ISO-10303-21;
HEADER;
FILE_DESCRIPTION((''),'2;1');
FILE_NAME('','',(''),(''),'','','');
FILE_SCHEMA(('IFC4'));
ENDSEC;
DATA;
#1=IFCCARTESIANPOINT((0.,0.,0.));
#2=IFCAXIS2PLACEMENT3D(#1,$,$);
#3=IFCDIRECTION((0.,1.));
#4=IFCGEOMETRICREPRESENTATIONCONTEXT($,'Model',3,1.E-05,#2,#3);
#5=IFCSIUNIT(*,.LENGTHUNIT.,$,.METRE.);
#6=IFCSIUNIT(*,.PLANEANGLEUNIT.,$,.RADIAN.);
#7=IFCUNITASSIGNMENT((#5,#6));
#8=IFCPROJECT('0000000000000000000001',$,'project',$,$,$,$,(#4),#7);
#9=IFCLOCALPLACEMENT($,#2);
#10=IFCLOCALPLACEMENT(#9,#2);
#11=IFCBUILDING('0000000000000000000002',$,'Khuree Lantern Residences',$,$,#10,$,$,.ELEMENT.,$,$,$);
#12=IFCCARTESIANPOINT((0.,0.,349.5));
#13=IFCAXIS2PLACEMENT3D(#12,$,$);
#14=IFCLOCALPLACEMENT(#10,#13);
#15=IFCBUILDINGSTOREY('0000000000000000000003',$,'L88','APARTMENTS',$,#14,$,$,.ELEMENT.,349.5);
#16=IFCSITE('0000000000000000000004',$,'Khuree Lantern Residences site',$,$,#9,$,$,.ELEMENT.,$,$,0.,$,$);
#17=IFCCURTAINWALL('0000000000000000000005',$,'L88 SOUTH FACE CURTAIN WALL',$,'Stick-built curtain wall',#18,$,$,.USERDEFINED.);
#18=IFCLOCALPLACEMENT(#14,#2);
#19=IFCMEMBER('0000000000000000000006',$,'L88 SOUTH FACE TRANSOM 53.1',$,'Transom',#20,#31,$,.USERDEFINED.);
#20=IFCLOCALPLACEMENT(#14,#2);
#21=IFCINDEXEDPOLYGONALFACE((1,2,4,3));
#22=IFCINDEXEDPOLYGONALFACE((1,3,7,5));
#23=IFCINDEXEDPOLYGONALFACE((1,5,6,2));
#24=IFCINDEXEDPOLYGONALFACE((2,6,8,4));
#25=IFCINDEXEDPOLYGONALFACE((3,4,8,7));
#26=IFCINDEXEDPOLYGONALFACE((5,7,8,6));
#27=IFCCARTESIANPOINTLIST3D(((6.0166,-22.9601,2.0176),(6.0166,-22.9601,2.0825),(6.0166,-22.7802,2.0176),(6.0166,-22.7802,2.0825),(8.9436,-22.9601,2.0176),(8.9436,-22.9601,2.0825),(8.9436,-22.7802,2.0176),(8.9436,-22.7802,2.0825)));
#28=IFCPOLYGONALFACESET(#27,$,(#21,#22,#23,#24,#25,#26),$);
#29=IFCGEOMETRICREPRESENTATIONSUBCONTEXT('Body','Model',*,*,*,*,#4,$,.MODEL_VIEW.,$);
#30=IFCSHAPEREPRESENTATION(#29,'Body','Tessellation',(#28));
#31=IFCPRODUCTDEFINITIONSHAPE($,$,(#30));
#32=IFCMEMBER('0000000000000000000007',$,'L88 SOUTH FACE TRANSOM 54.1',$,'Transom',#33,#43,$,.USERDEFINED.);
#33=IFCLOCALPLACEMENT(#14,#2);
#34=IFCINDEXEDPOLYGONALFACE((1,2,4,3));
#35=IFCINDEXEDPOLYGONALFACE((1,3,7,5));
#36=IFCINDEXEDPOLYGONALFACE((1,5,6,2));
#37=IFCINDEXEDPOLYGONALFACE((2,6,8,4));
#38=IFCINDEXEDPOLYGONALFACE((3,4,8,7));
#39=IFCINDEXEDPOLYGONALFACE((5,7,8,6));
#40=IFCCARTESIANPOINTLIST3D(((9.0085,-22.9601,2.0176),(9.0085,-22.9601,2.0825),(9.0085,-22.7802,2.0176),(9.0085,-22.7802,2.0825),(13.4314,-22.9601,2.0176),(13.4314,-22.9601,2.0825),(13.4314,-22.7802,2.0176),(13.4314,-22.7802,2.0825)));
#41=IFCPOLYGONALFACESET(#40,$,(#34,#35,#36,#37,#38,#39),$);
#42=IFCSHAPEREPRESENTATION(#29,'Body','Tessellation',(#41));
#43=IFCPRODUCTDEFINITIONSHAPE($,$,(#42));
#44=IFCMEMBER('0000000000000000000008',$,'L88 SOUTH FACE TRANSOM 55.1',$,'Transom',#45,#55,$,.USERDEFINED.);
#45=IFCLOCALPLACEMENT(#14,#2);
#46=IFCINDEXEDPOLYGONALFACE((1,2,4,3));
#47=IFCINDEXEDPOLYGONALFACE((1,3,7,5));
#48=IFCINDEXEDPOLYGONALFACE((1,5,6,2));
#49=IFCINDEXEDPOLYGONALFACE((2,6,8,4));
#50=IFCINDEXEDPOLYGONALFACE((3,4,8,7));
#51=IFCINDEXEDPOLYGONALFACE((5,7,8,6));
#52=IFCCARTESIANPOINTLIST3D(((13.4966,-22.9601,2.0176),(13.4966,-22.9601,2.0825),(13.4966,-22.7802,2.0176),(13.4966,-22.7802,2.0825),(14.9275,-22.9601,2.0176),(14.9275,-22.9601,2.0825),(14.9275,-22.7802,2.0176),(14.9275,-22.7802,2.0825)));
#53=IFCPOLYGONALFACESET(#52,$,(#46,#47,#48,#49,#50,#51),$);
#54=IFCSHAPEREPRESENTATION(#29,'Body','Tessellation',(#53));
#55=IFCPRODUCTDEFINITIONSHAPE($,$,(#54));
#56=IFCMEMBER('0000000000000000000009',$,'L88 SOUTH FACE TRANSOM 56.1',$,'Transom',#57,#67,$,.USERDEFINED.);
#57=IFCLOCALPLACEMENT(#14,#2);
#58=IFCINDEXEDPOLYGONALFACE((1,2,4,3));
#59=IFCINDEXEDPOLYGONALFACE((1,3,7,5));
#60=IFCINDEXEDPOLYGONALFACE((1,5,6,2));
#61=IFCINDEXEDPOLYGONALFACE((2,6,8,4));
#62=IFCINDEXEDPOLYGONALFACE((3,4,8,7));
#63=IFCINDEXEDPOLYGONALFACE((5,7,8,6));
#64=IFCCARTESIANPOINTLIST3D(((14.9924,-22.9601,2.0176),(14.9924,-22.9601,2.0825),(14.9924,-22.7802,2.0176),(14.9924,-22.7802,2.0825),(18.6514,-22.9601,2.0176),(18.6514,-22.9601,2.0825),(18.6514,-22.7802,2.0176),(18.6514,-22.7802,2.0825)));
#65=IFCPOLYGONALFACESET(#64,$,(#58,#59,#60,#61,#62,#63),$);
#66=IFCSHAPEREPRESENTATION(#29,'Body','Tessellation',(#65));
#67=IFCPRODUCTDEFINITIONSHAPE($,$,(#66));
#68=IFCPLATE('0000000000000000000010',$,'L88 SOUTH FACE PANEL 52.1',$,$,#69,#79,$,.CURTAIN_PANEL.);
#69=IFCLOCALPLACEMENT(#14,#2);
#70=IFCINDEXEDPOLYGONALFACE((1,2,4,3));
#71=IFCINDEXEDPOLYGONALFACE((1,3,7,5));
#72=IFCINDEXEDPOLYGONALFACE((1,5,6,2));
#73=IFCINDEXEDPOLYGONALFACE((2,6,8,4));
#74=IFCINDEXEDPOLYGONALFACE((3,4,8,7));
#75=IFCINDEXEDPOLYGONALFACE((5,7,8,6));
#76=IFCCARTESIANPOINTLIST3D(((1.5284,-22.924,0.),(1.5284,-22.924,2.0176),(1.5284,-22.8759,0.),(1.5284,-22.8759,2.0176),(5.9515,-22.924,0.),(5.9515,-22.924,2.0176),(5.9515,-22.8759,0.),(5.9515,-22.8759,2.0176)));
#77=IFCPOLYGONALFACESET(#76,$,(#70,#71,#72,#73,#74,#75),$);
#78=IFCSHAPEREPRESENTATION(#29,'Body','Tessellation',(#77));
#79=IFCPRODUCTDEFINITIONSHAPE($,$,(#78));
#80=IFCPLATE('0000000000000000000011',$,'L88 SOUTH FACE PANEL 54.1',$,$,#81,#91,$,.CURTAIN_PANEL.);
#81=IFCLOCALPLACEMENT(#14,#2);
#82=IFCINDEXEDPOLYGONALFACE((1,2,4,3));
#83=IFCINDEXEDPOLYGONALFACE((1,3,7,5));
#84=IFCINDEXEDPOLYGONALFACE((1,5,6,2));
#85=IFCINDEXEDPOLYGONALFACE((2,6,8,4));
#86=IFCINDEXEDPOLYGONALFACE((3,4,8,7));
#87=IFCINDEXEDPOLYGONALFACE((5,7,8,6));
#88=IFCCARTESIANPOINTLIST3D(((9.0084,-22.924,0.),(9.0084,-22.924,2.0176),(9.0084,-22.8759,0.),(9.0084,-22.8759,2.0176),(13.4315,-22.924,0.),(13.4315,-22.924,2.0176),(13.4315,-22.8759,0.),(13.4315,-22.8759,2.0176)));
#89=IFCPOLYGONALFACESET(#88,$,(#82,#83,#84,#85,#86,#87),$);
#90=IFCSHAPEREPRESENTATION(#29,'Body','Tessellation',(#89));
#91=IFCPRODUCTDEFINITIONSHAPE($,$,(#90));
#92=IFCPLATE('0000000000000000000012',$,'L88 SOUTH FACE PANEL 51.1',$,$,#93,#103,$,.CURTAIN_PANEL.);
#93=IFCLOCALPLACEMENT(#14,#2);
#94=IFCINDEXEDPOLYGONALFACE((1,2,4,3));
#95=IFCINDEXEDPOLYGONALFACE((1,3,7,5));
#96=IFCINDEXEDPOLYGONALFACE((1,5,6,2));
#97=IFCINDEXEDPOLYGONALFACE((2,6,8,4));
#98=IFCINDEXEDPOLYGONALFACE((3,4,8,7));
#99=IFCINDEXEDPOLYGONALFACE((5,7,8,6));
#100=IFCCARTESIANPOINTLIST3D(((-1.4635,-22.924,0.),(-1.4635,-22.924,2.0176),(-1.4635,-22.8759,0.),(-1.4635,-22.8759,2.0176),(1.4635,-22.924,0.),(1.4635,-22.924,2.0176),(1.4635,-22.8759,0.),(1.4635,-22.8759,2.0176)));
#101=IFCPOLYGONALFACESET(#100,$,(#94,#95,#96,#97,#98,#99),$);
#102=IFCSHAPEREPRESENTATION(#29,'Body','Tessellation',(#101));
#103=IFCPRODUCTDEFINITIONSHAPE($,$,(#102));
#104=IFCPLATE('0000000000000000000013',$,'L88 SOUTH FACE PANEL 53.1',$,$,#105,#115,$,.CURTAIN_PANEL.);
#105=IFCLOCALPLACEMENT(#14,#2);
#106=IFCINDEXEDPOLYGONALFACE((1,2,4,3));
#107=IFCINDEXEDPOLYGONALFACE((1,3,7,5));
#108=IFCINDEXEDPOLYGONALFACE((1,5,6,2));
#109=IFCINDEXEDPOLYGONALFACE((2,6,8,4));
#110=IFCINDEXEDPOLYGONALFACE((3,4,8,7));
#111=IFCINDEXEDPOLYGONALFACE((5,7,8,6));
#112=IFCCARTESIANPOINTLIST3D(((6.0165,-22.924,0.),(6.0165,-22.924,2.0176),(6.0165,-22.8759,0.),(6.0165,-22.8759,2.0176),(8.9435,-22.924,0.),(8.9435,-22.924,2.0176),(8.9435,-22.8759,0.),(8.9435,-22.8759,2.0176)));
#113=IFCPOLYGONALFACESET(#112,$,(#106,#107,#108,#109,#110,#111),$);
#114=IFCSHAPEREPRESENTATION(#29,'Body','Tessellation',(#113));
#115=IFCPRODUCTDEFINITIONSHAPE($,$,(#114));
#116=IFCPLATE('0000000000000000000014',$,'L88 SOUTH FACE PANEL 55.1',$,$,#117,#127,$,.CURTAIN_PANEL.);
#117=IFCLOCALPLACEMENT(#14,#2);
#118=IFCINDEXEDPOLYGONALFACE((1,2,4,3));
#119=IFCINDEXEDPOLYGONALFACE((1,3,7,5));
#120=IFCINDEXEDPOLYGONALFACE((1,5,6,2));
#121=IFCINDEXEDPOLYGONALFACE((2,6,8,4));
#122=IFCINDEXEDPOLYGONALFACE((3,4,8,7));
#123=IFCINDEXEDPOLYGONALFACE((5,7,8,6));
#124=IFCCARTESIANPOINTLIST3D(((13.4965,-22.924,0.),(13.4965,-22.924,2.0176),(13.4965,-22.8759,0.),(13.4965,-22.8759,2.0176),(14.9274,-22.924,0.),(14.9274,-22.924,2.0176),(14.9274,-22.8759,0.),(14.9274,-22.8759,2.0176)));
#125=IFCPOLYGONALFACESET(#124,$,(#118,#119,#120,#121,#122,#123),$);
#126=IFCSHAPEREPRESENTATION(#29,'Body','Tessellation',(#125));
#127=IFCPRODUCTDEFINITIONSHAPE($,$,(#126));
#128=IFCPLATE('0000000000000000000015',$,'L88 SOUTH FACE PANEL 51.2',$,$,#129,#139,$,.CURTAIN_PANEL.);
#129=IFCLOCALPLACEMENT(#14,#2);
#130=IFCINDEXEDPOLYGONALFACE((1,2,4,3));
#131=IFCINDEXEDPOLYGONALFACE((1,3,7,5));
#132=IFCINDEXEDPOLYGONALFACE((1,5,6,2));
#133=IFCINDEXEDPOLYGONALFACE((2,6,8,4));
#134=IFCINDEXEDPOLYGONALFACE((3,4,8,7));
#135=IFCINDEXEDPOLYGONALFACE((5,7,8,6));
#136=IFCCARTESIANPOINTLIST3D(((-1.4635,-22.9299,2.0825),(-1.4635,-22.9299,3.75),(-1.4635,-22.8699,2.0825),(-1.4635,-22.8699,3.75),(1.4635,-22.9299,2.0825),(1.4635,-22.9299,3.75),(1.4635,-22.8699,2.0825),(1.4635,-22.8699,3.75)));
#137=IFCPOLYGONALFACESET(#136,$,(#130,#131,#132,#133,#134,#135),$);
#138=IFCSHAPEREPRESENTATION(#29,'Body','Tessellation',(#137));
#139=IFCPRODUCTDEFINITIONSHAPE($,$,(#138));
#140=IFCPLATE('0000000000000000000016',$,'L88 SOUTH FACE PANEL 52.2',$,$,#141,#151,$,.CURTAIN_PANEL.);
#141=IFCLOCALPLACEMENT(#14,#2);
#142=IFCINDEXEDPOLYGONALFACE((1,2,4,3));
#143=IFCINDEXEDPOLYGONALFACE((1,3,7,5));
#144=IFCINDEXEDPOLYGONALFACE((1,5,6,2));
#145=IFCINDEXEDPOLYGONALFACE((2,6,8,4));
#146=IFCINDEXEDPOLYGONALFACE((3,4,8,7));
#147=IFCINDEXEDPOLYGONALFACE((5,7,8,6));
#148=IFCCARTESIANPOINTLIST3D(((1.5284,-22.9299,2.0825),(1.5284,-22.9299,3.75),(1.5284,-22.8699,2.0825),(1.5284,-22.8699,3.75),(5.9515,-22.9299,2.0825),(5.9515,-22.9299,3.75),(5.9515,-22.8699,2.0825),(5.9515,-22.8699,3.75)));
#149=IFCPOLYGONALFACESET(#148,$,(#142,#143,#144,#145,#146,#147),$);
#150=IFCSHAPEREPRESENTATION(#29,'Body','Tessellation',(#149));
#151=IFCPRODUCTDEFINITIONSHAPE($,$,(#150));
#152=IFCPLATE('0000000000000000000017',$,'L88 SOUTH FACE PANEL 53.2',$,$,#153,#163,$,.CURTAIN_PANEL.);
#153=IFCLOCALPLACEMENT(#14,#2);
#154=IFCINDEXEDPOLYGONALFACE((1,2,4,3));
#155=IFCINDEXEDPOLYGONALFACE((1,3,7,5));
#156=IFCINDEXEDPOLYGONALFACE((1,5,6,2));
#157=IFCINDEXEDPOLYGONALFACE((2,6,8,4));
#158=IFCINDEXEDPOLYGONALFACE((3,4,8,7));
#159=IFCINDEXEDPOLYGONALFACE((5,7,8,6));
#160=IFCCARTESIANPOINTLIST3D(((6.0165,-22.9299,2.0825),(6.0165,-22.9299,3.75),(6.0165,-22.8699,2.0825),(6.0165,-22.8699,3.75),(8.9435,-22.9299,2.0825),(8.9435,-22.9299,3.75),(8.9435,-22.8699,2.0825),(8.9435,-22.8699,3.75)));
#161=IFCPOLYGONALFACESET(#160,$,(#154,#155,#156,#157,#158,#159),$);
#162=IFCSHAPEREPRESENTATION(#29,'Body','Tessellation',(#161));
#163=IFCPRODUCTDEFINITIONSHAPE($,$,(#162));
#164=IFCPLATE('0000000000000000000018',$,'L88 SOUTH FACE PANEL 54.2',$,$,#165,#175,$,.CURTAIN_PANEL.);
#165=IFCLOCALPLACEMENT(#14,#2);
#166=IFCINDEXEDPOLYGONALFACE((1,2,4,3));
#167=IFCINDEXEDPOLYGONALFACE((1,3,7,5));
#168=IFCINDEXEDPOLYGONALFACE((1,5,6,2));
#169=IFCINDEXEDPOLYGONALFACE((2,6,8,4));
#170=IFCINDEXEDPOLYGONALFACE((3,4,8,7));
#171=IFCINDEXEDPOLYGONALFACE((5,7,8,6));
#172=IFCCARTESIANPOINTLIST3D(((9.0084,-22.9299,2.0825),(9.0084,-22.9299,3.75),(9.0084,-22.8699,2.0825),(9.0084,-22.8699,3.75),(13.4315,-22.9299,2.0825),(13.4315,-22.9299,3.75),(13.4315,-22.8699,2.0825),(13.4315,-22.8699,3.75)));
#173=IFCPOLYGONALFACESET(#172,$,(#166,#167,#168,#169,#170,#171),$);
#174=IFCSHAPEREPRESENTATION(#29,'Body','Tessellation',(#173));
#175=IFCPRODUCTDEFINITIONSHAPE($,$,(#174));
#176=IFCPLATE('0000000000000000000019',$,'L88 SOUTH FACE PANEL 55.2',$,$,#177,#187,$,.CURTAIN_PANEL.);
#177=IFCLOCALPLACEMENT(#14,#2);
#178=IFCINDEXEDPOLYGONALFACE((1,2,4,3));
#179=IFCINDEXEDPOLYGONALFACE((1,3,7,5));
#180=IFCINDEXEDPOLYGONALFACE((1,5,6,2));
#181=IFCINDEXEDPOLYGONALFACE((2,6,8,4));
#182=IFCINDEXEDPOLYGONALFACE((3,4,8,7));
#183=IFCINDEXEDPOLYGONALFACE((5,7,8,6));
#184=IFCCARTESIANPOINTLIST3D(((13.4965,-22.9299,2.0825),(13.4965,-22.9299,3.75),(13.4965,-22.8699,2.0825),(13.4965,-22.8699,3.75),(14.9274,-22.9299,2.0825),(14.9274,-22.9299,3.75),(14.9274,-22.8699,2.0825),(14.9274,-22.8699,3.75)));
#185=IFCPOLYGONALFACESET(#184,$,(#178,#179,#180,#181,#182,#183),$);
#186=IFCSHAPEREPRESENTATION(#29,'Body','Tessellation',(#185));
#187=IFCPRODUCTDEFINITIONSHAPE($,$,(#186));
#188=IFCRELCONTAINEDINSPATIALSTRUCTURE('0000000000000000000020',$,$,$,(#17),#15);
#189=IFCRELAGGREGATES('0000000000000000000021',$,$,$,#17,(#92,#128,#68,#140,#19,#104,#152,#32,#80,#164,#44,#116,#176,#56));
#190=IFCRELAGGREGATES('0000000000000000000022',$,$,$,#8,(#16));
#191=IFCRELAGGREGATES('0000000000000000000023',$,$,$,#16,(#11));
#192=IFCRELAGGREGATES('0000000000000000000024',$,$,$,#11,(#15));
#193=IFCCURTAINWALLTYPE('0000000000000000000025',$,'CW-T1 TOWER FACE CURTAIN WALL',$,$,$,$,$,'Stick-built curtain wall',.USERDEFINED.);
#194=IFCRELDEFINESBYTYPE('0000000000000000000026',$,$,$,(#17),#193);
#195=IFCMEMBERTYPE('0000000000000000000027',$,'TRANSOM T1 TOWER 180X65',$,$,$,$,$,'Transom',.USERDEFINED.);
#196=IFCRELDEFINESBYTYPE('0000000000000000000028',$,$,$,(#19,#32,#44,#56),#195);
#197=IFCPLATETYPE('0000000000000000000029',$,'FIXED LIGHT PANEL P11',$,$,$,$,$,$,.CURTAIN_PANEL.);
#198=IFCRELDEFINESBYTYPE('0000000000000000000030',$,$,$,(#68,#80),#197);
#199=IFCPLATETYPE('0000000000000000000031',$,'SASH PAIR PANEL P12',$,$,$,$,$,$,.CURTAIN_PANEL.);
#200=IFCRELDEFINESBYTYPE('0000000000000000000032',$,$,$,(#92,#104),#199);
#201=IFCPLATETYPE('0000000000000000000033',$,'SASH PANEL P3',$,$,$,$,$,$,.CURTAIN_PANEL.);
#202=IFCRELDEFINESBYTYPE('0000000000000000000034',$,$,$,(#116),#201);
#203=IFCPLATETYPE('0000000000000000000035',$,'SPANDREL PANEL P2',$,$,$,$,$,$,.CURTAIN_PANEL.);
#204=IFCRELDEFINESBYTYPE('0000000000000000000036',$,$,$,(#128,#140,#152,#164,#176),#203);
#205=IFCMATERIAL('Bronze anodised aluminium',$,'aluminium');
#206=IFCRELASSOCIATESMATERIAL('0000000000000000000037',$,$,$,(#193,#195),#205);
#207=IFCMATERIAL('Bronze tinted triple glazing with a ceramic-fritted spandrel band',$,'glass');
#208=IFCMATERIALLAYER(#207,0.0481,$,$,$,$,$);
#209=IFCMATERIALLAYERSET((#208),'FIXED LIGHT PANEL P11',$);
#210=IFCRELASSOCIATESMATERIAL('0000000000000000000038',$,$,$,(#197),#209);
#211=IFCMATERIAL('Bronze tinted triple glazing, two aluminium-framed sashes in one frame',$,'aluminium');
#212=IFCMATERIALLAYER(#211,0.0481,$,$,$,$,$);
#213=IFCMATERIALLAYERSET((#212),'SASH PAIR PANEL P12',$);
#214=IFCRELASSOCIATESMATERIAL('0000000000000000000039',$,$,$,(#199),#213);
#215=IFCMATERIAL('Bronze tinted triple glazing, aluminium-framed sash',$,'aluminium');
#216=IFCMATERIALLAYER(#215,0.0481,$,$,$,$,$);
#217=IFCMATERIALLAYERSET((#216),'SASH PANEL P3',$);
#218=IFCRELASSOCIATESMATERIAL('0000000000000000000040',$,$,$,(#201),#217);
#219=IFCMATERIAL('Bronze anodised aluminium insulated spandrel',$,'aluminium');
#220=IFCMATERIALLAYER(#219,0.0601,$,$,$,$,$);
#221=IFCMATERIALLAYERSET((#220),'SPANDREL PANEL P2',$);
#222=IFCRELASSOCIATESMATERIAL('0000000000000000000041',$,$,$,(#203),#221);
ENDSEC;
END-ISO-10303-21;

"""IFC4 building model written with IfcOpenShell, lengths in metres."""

from ifc_helpers import new_model, si_unit, direction, frame, origin, origin_2d, place, context, subcontext, project, spatial, rectangle, extrude, material, layer, layer_set, material_profile, profile_set, type_object, element, aggregate, save


model = new_model("IFC4")

# Units and contexts
model_context = context("Model", 3, precision=1e-05, world=origin(), true_north=direction((0.0, 1.0)))
body_context = subcontext(model_context, "Body", "Model", "MODEL_VIEW")
ifc_project = project(units=[si_unit("LENGTHUNIT", "METRE"), si_unit("PLANEANGLEUNIT", "RADIAN")], contexts=[model_context])

# Site, building, storey
site_placement = place(None, origin())
site = spatial("IfcSite", under=ifc_project, at=site_placement, Name="Khuree Lantern Residences site", CompositionType="ELEMENT", RefElevation=0.0)
building_placement = place(site_placement, origin())
building = spatial("IfcBuilding", under=site, at=building_placement, Name="Khuree Lantern Residences", CompositionType="ELEMENT")
storey_placement = place(building_placement, frame((0.0, 0.0, 349.5)))
storey = spatial("IfcBuildingStorey", under=building, at=storey_placement, Name="L88", Description="APARTMENTS", CompositionType="ELEMENT", Elevation=349.5)

# Curtain wall
ifc_material_1 = material(Name="Bronze anodised aluminium", Category="aluminium")
curtain_wall_type = type_object("IfcCurtainWallType", Name="CW-T1 TOWER FACE CURTAIN WALL", ElementType="Stick-built curtain wall", PredefinedType="USERDEFINED", material=ifc_material_1)
curtain_wall_placement = place(storey_placement, origin())
curtain_wall = element("IfcCurtainWall", 1, at=curtain_wall_placement, inside=storey, type_object=curtain_wall_type, Name="L88 SOUTH FACE CURTAIN WALL", ObjectType="Stick-built curtain wall", PredefinedType="USERDEFINED")

# Members
ifc_material_profile_1 = material_profile(ifc_material_1, rectangle(XDim=0.1799, YDim=0.0649, at=origin_2d()), Name="T1 180X65")
ifc_profile_set_1 = profile_set([ifc_material_profile_1], Name="Bronze anodised aluminium")
member_type_1 = type_object("IfcMemberType", Name="TRANSOM T1 TOWER 180X65", ElementType="Transom", PredefinedType="USERDEFINED", material=ifc_profile_set_1)
member_1_placement = place(storey_placement, frame((6.0166, -22.8701, 2.05), z_axis=(1.0, 0.0, 0.0), x_axis=(0.0, 1.0, 0.0)))
member_1 = element("IfcMember", 2, at=member_1_placement, type_object=member_type_1, Name="L88 SOUTH FACE TRANSOM 53.1", ObjectType="Transom", PredefinedType="USERDEFINED", context=body_context, shape_type="SweptSolid", body=[
    extrude(rectangle(XDim=0.1799, YDim=0.0649, at=origin_2d()), origin(), (0.0, 0.0, 1.0), 2.927),
])
member_2_placement = place(storey_placement, frame((9.0085, -22.8701, 2.05), z_axis=(1.0, 0.0, 0.0), x_axis=(0.0, 1.0, 0.0)))
member_2 = element("IfcMember", 3, at=member_2_placement, type_object=member_type_1, Name="L88 SOUTH FACE TRANSOM 54.1", ObjectType="Transom", PredefinedType="USERDEFINED", context=body_context, shape_type="SweptSolid", body=[
    extrude(rectangle(XDim=0.1799, YDim=0.0649, at=origin_2d()), origin(), (0.0, 0.0, 1.0), 4.4229),
])
member_3_placement = place(storey_placement, frame((13.4966, -22.8701, 2.05), z_axis=(1.0, 0.0, 0.0), x_axis=(0.0, 1.0, 0.0)))
member_3 = element("IfcMember", 4, at=member_3_placement, type_object=member_type_1, Name="L88 SOUTH FACE TRANSOM 55.1", ObjectType="Transom", PredefinedType="USERDEFINED", context=body_context, shape_type="SweptSolid", body=[
    extrude(rectangle(XDim=0.1799, YDim=0.0649, at=origin_2d()), origin(), (0.0, 0.0, 1.0), 1.4309),
])
member_4_placement = place(storey_placement, frame((14.9924, -22.8701, 2.05), z_axis=(1.0, 0.0, 0.0), x_axis=(0.0, 1.0, 0.0)))
member_4 = element("IfcMember", 5, at=member_4_placement, type_object=member_type_1, Name="L88 SOUTH FACE TRANSOM 56.1", ObjectType="Transom", PredefinedType="USERDEFINED", context=body_context, shape_type="SweptSolid", body=[
    extrude(rectangle(XDim=0.1799, YDim=0.0649, at=origin_2d()), origin(), (0.0, 0.0, 1.0), 3.6589),
])

# Plates
ifc_material_2 = material(Name="Bronze tinted triple glazing with a ceramic-fritted spandrel band", Category="glass")
ifc_layer_1 = layer(ifc_material_2, 0.0481)
ifc_layer_set_1 = layer_set([ifc_layer_1], Name="FIXED LIGHT PANEL P11")
plate_type_1 = type_object("IfcPlateType", Name="FIXED LIGHT PANEL P11", PredefinedType="CURTAIN_PANEL", material=ifc_layer_set_1)
plate_1_placement = place(storey_placement, frame((3.74, -22.8999, 0.0), z_axis=(0.0, 0.0, 1.0), x_axis=(1.0, 0.0, 0.0)))
plate_1 = element("IfcPlate", 6, at=plate_1_placement, type_object=plate_type_1, Name="L88 SOUTH FACE PANEL 52.1", PredefinedType="CURTAIN_PANEL", context=body_context, shape_type="SweptSolid", body=[
    extrude(rectangle(XDim=4.4231, YDim=0.0481, at=origin_2d()), origin(), (0.0, 0.0, 1.0), 2.0176),
])
plate_2_placement = place(storey_placement, frame((11.22, -22.8999, 0.0), z_axis=(0.0, 0.0, 1.0), x_axis=(1.0, 0.0, 0.0)))
plate_2 = element("IfcPlate", 7, at=plate_2_placement, type_object=plate_type_1, Name="L88 SOUTH FACE PANEL 54.1", PredefinedType="CURTAIN_PANEL", context=body_context, shape_type="SweptSolid", body=[
    extrude(rectangle(XDim=4.4231, YDim=0.0481, at=origin_2d()), origin(), (0.0, 0.0, 1.0), 2.0176),
])
ifc_material_3 = material(Name="Bronze tinted triple glazing, two aluminium-framed sashes in one frame", Category="aluminium")
ifc_layer_2 = layer(ifc_material_3, 0.0481)
ifc_layer_set_2 = layer_set([ifc_layer_2], Name="SASH PAIR PANEL P12")
plate_type_2 = type_object("IfcPlateType", Name="SASH PAIR PANEL P12", PredefinedType="CURTAIN_PANEL", material=ifc_layer_set_2)
plate_3_placement = place(storey_placement, frame((0.0, -22.8999, 0.0), z_axis=(0.0, 0.0, 1.0), x_axis=(1.0, 0.0, 0.0)))
plate_3 = element("IfcPlate", 8, at=plate_3_placement, type_object=plate_type_2, Name="L88 SOUTH FACE PANEL 51.1", PredefinedType="CURTAIN_PANEL", context=body_context, shape_type="SweptSolid", body=[
    extrude(rectangle(XDim=2.927, YDim=0.0481, at=origin_2d()), origin(), (0.0, 0.0, 1.0), 2.0176),
])
plate_4_placement = place(storey_placement, frame((7.48, -22.8999, 0.0), z_axis=(0.0, 0.0, 1.0), x_axis=(1.0, 0.0, 0.0)))
plate_4 = element("IfcPlate", 9, at=plate_4_placement, type_object=plate_type_2, Name="L88 SOUTH FACE PANEL 53.1", PredefinedType="CURTAIN_PANEL", context=body_context, shape_type="SweptSolid", body=[
    extrude(rectangle(XDim=2.927, YDim=0.0481, at=origin_2d()), origin(), (0.0, 0.0, 1.0), 2.0176),
])
ifc_material_4 = material(Name="Bronze tinted triple glazing, aluminium-framed sash", Category="aluminium")
ifc_layer_3 = layer(ifc_material_4, 0.0481)
ifc_layer_set_3 = layer_set([ifc_layer_3], Name="SASH PANEL P3")
plate_type_3 = type_object("IfcPlateType", Name="SASH PANEL P3", PredefinedType="CURTAIN_PANEL", material=ifc_layer_set_3)
plate_5_placement = place(storey_placement, frame((14.2119, -22.8999, 0.0), z_axis=(0.0, 0.0, 1.0), x_axis=(1.0, 0.0, 0.0)))
plate_5 = element("IfcPlate", 10, at=plate_5_placement, type_object=plate_type_3, Name="L88 SOUTH FACE PANEL 55.1", PredefinedType="CURTAIN_PANEL", context=body_context, shape_type="SweptSolid", body=[
    extrude(rectangle(XDim=1.4309, YDim=0.0481, at=origin_2d()), origin(), (0.0, 0.0, 1.0), 2.0176),
])
ifc_material_5 = material(Name="Bronze anodised aluminium insulated spandrel", Category="aluminium")
ifc_layer_4 = layer(ifc_material_5, 0.0601)
ifc_layer_set_4 = layer_set([ifc_layer_4], Name="SPANDREL PANEL P2")
plate_type_4 = type_object("IfcPlateType", Name="SPANDREL PANEL P2", PredefinedType="CURTAIN_PANEL", material=ifc_layer_set_4)
plate_6_placement = place(storey_placement, frame((0.0, -22.8999, 2.0825), z_axis=(0.0, 0.0, 1.0), x_axis=(1.0, 0.0, 0.0)))
plate_6 = element("IfcPlate", 11, at=plate_6_placement, type_object=plate_type_4, Name="L88 SOUTH FACE PANEL 51.2", PredefinedType="CURTAIN_PANEL", context=body_context, shape_type="SweptSolid", body=[
    extrude(rectangle(XDim=2.927, YDim=0.0601, at=origin_2d()), origin(), (0.0, 0.0, 1.0), 1.6675),
])
plate_7_placement = place(storey_placement, frame((3.74, -22.8999, 2.0825), z_axis=(0.0, 0.0, 1.0), x_axis=(1.0, 0.0, 0.0)))
plate_7 = element("IfcPlate", 12, at=plate_7_placement, type_object=plate_type_4, Name="L88 SOUTH FACE PANEL 52.2", PredefinedType="CURTAIN_PANEL", context=body_context, shape_type="SweptSolid", body=[
    extrude(rectangle(XDim=4.4231, YDim=0.0601, at=origin_2d()), origin(), (0.0, 0.0, 1.0), 1.6675),
])
plate_8_placement = place(storey_placement, frame((7.48, -22.8999, 2.0825), z_axis=(0.0, 0.0, 1.0), x_axis=(1.0, 0.0, 0.0)))
plate_8 = element("IfcPlate", 13, at=plate_8_placement, type_object=plate_type_4, Name="L88 SOUTH FACE PANEL 53.2", PredefinedType="CURTAIN_PANEL", context=body_context, shape_type="SweptSolid", body=[
    extrude(rectangle(XDim=2.927, YDim=0.0601, at=origin_2d()), origin(), (0.0, 0.0, 1.0), 1.6675),
])
plate_9_placement = place(storey_placement, frame((11.22, -22.8999, 2.0825), z_axis=(0.0, 0.0, 1.0), x_axis=(1.0, 0.0, 0.0)))
plate_9 = element("IfcPlate", 14, at=plate_9_placement, type_object=plate_type_4, Name="L88 SOUTH FACE PANEL 54.2", PredefinedType="CURTAIN_PANEL", context=body_context, shape_type="SweptSolid", body=[
    extrude(rectangle(XDim=4.4231, YDim=0.0601, at=origin_2d()), origin(), (0.0, 0.0, 1.0), 1.6675),
])
plate_10_placement = place(storey_placement, frame((14.2119, -22.8999, 2.0825), z_axis=(0.0, 0.0, 1.0), x_axis=(1.0, 0.0, 0.0)))
plate_10 = element("IfcPlate", 15, at=plate_10_placement, type_object=plate_type_4, Name="L88 SOUTH FACE PANEL 55.2", PredefinedType="CURTAIN_PANEL", context=body_context, shape_type="SweptSolid", body=[
    extrude(rectangle(XDim=1.4309, YDim=0.0601, at=origin_2d()), origin(), (0.0, 0.0, 1.0), 1.6675),
])
aggregate(curtain_wall, [plate_3, plate_6, plate_1, plate_7, member_1, plate_4, plate_8, member_2, plate_2, plate_9, member_3, plate_5, plate_10, member_4])

save(model, "model.ifc")
